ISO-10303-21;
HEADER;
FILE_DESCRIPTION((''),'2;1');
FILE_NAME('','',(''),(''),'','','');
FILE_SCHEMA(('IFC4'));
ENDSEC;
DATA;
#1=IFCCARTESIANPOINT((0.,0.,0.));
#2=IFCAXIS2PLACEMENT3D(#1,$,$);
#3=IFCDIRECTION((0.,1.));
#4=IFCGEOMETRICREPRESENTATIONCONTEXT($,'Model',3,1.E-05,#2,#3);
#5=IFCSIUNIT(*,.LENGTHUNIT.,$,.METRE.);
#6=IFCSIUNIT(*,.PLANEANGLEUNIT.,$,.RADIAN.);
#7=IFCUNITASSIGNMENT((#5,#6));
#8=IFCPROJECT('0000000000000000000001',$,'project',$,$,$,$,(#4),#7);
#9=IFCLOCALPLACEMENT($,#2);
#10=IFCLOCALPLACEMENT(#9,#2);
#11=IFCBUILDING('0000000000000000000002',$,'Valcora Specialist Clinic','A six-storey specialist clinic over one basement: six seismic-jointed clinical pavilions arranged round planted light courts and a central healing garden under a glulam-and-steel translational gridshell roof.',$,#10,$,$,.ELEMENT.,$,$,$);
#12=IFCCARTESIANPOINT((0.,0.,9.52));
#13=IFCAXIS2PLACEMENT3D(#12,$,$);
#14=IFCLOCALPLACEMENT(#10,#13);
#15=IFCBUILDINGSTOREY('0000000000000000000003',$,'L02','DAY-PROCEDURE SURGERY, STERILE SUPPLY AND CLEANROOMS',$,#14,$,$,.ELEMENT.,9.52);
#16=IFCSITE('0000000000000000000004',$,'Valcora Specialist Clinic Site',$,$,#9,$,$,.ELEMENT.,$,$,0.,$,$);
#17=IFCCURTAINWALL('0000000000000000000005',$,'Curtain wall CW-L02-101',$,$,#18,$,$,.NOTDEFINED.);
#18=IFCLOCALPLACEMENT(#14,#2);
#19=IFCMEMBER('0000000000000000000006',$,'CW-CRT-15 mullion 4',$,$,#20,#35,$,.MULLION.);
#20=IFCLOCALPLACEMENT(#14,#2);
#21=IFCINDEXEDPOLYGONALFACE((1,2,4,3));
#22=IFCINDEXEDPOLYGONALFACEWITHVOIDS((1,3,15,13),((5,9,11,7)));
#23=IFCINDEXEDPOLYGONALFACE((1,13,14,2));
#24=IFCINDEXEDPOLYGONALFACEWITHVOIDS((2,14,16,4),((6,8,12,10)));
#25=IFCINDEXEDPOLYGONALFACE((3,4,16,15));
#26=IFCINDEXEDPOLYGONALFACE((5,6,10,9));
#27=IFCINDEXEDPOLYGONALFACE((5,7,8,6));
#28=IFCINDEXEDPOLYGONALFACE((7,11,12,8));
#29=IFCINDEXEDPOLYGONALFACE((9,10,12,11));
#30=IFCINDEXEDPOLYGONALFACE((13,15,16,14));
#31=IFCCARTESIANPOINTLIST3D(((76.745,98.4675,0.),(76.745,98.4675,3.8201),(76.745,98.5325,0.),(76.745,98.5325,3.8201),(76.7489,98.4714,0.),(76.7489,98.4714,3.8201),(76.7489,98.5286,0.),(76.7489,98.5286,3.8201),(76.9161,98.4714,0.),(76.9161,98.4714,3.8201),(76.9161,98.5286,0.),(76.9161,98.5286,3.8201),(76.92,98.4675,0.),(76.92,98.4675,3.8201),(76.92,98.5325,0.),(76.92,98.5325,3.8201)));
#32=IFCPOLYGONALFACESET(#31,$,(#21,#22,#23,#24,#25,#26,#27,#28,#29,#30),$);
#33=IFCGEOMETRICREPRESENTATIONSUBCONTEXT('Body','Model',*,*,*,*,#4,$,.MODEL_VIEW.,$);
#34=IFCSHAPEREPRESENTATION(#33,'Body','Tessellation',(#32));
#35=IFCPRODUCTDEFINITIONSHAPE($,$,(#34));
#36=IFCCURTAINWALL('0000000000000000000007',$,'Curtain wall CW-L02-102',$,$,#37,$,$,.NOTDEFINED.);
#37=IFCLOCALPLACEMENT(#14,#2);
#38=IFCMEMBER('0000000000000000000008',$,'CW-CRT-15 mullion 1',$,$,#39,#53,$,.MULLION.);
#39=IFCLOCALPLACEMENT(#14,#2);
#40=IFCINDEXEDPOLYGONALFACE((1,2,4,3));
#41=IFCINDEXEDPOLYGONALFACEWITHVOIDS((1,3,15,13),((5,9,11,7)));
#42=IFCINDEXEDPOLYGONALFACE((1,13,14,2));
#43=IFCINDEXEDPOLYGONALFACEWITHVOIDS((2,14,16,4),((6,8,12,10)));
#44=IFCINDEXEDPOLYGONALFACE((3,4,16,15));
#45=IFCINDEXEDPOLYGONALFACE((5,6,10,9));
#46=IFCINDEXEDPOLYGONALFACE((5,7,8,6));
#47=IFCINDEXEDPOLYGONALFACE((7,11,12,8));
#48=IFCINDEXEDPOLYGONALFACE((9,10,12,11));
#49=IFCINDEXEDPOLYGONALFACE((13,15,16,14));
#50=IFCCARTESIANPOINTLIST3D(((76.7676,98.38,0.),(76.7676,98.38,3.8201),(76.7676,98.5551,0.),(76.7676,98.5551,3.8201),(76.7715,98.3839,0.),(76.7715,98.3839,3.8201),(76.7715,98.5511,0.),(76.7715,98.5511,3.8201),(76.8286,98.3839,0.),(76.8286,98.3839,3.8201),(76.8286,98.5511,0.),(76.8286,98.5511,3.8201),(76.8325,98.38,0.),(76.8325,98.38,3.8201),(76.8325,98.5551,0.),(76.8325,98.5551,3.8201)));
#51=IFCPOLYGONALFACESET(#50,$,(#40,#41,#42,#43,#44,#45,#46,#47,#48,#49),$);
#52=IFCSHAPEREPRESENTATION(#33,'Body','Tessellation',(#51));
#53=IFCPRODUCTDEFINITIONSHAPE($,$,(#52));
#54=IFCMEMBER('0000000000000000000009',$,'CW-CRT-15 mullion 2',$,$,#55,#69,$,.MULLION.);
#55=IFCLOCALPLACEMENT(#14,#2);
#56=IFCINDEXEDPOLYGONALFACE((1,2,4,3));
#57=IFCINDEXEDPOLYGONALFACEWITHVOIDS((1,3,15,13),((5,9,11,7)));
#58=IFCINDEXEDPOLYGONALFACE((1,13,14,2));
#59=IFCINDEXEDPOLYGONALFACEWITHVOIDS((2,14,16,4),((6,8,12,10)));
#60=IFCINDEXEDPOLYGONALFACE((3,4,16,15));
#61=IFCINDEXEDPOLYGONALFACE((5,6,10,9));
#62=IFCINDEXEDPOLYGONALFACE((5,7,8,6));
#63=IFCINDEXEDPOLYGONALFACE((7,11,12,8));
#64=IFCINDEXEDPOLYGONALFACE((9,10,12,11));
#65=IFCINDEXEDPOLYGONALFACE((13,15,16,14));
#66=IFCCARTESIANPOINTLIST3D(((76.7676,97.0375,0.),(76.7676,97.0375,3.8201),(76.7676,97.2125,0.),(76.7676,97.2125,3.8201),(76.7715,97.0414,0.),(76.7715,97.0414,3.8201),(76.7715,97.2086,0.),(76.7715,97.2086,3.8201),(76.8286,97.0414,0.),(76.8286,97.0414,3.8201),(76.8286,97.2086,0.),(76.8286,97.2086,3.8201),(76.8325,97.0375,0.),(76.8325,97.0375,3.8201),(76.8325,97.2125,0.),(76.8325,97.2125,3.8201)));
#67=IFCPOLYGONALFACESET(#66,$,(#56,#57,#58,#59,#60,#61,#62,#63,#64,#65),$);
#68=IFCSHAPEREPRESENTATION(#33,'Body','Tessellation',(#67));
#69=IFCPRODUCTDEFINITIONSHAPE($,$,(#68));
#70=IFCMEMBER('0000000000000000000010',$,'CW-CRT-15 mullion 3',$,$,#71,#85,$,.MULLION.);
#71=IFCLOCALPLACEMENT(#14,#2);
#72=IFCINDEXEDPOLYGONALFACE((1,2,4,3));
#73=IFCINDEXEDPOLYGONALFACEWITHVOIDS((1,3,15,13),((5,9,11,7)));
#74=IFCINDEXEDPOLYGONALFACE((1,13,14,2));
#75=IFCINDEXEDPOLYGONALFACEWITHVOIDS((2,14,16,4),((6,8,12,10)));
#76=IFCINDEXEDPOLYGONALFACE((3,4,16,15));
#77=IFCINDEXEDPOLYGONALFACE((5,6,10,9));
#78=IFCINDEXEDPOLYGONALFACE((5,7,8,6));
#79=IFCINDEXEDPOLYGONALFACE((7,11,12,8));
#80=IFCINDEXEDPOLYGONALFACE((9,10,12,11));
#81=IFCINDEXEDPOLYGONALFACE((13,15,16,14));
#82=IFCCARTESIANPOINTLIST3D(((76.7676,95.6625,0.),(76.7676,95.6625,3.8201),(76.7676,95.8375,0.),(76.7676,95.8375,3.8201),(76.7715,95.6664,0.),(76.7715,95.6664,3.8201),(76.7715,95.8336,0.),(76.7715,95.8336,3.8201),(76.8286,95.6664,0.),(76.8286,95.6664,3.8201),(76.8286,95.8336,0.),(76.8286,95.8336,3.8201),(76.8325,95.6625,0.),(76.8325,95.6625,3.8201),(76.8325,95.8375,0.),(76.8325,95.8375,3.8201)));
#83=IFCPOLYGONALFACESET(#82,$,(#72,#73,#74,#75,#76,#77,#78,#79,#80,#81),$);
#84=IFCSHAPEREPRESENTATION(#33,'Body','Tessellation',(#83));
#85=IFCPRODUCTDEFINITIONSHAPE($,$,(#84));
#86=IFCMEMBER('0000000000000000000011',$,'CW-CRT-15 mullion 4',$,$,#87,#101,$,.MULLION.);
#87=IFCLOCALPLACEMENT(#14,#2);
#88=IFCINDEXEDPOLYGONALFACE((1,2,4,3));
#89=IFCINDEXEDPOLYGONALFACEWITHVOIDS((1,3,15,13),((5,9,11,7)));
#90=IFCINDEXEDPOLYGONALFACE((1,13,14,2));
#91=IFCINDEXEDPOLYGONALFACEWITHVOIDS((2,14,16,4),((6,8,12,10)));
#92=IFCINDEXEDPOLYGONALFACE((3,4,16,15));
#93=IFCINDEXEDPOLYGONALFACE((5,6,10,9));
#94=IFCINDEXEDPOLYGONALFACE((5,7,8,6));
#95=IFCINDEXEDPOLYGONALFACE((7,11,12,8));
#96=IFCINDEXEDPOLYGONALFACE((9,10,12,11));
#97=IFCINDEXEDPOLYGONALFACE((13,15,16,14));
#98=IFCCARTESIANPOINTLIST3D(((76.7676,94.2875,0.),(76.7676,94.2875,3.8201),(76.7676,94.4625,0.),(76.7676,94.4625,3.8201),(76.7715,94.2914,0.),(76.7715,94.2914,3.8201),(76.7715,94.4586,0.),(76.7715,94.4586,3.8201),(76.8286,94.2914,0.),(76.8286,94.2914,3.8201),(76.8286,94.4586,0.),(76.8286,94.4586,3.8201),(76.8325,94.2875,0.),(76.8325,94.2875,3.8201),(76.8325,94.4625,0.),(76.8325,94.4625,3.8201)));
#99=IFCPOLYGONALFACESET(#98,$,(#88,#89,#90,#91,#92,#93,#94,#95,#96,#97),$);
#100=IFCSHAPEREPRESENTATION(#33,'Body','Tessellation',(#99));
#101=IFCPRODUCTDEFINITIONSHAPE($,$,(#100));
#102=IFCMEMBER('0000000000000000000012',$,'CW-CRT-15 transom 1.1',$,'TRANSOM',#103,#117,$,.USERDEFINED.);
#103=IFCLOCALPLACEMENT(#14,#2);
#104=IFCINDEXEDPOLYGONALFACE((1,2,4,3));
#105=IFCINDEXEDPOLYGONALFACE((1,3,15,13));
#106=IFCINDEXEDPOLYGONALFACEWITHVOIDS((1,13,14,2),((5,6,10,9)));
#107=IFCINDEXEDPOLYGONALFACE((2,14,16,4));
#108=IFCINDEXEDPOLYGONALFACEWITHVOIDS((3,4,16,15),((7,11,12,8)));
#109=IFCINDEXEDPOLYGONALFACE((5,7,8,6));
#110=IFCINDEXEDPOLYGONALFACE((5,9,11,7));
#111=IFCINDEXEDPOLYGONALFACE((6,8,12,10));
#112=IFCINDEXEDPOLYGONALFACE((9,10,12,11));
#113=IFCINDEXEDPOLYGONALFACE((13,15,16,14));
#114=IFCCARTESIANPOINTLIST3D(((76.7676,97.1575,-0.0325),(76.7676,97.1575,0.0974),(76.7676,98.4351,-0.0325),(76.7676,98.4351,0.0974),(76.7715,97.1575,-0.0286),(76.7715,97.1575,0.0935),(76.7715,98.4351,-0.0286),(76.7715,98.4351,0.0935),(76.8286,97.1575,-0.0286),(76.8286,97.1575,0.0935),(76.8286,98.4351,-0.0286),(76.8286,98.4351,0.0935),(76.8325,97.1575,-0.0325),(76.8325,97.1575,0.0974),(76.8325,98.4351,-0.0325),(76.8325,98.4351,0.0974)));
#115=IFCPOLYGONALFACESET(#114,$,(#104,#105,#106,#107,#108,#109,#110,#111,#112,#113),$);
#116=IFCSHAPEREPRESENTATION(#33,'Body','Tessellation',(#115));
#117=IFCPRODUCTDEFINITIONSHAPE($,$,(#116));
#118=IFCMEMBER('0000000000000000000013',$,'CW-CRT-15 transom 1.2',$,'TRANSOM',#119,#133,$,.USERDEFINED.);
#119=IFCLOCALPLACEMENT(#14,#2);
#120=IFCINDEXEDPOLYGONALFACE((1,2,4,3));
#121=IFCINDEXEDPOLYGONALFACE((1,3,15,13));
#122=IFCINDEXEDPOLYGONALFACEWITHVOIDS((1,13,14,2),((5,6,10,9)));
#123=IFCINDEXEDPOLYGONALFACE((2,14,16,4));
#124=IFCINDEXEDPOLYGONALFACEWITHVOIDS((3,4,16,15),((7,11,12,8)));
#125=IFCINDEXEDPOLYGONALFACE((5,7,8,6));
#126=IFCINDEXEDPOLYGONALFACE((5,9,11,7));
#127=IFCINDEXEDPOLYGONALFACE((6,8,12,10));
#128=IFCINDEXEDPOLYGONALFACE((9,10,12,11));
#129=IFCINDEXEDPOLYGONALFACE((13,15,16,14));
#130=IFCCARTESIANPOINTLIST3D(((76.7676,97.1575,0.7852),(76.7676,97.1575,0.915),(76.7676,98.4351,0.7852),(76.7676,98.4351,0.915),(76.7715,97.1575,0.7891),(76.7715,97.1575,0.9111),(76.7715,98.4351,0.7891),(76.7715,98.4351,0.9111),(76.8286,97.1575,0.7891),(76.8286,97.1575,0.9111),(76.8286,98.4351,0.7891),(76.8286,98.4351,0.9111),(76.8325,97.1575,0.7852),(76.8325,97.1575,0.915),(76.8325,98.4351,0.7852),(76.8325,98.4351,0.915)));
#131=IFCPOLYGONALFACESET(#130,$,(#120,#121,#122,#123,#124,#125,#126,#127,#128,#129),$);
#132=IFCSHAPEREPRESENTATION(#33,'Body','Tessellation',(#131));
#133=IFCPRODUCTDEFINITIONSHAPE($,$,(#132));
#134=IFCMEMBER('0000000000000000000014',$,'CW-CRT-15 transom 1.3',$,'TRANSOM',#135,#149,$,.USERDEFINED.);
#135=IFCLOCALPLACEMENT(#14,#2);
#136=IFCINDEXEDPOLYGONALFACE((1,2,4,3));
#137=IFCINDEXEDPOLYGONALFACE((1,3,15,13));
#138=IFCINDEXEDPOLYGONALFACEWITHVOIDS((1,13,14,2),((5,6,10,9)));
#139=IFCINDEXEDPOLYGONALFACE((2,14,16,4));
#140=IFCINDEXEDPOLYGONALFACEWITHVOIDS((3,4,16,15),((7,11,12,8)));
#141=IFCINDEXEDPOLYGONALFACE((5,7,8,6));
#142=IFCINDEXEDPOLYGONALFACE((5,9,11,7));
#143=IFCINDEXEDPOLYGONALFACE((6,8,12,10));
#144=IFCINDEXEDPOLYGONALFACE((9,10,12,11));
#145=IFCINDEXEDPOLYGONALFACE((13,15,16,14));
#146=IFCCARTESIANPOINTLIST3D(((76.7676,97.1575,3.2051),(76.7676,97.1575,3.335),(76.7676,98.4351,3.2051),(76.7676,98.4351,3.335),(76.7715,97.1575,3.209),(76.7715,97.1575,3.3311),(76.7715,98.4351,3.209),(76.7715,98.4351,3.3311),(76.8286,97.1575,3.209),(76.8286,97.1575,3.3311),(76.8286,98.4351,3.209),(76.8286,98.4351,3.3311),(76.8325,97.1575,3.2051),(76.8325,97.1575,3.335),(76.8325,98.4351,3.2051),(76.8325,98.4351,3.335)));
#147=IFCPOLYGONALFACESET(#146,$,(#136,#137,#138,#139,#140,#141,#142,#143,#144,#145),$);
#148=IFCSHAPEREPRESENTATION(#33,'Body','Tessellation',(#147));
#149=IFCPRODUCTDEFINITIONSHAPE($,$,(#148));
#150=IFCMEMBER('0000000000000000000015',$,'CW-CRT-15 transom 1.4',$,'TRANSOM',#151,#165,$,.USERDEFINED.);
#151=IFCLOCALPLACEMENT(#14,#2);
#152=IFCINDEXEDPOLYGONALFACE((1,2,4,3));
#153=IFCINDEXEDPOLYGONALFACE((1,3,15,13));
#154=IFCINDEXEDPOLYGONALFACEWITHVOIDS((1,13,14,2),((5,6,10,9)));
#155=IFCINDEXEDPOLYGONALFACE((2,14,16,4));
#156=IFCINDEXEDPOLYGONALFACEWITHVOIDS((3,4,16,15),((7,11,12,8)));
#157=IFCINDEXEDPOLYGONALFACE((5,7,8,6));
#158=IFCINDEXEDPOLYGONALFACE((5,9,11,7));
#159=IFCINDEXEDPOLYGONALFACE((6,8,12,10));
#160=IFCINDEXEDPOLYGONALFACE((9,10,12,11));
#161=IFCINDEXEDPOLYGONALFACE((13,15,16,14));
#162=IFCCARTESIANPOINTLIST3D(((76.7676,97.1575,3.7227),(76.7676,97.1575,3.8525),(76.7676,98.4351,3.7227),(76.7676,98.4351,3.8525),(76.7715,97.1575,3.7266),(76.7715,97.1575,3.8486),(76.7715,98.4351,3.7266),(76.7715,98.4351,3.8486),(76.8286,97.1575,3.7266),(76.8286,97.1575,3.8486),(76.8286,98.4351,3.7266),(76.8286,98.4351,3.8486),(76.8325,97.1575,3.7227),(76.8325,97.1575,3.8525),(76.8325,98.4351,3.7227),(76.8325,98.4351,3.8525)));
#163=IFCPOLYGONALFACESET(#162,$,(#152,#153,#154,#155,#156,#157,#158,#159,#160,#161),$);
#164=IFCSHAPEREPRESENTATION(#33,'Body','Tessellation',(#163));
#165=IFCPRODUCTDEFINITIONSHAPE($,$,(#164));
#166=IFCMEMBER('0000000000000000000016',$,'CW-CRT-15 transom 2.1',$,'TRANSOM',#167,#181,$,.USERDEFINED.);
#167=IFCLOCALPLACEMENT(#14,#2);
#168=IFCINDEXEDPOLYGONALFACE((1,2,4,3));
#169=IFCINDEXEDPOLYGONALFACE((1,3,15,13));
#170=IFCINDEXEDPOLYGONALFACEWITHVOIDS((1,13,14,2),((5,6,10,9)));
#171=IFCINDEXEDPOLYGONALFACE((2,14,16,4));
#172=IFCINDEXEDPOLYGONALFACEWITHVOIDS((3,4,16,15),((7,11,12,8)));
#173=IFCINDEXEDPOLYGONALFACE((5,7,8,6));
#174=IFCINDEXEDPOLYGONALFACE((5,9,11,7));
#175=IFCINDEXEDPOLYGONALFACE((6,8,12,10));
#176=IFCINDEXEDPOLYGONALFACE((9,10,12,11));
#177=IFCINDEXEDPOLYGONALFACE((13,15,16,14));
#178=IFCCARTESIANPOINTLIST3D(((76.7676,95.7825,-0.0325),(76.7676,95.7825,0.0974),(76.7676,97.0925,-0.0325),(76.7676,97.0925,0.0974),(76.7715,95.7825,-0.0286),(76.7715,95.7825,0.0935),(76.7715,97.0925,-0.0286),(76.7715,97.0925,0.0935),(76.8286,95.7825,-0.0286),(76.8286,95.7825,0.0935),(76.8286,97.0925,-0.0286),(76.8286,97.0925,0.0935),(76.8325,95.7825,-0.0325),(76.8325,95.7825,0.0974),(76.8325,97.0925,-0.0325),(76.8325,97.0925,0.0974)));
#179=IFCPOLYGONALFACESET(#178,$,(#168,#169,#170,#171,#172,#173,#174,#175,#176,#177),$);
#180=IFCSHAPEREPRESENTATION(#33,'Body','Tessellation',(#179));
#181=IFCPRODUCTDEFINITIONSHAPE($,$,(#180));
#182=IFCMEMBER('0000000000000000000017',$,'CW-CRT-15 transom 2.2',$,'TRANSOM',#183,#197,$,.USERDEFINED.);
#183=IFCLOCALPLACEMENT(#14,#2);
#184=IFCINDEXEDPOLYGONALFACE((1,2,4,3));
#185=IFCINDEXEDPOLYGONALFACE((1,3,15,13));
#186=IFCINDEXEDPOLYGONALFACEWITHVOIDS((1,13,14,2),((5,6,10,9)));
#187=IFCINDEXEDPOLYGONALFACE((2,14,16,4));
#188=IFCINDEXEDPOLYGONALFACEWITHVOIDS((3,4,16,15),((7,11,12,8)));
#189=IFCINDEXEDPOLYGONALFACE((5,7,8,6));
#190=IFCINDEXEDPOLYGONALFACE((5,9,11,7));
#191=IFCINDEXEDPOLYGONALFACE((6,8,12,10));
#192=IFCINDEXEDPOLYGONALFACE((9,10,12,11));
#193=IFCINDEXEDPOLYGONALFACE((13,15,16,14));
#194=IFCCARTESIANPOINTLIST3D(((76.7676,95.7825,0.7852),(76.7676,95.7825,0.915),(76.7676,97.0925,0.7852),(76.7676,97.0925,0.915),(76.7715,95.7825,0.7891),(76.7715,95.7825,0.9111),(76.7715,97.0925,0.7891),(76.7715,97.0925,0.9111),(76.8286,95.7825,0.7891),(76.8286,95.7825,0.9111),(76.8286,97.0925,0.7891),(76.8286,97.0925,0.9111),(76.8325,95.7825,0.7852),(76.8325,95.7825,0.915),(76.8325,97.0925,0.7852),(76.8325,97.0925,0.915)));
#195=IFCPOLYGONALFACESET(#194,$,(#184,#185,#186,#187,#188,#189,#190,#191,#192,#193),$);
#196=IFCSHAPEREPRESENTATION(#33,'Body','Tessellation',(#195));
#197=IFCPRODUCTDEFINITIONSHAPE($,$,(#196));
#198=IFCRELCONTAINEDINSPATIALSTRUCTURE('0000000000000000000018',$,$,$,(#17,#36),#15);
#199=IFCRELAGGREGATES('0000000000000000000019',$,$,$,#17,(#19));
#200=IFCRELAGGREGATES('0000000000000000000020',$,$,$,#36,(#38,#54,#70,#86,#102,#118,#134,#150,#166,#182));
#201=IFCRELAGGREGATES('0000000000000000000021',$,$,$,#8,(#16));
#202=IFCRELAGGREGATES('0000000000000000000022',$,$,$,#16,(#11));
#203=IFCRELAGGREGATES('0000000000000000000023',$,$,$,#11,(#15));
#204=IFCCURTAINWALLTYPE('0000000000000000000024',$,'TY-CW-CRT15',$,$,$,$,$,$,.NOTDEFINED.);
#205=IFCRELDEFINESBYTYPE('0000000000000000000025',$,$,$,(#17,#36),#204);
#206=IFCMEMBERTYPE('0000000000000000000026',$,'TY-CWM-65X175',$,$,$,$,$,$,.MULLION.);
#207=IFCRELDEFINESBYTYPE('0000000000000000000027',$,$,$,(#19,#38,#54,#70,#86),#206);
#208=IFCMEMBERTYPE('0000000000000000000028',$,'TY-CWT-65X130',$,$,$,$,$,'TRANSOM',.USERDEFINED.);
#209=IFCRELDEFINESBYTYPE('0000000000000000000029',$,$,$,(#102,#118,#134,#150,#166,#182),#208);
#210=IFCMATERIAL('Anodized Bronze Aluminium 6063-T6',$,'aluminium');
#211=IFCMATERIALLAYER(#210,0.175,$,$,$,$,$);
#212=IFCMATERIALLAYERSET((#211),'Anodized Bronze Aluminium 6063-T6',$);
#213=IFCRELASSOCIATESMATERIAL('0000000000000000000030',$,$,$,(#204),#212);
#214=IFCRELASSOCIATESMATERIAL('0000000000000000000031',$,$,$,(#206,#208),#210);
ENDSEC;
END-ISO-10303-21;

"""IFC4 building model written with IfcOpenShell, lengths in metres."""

from ifc_helpers import new_model, si_unit, direction, frame, origin, origin_2d, place, context, subcontext, project, spatial, hollow_rectangle, extrude, material, layer, layer_set, material_profile, profile_set, type_object, element, aggregate, save


model = new_model("IFC4")

# Units and contexts
model_context = context("Model", 3, precision=1e-05, world=origin(), true_north=direction((0.0, 1.0)))
body_context = subcontext(model_context, "Body", "Model", "MODEL_VIEW")
ifc_project = project(units=[si_unit("LENGTHUNIT", "METRE"), si_unit("PLANEANGLEUNIT", "RADIAN")], contexts=[model_context])

# Site, building, storey
site_placement = place(None, origin())
site = spatial("IfcSite", under=ifc_project, at=site_placement, Name="Valcora Specialist Clinic Site", CompositionType="ELEMENT", RefElevation=0.0)
building_placement = place(site_placement, origin())
building = spatial("IfcBuilding", under=site, at=building_placement, Name="Valcora Specialist Clinic", Description="A six-storey specialist clinic over one basement: six seismic-jointed clinical pavilions arranged round planted light courts and a central healing garden under a glulam-and-steel translational gridshell roof.", CompositionType="ELEMENT")
storey_placement = place(building_placement, frame((0.0, 0.0, 9.52)))
storey = spatial("IfcBuildingStorey", under=building, at=storey_placement, Name="L02", Description="DAY-PROCEDURE SURGERY, STERILE SUPPLY AND CLEANROOMS", CompositionType="ELEMENT", Elevation=9.52)

# Curtain wall, member
ifc_material_1 = material(Name="Anodized Bronze Aluminium 6063-T6", Category="aluminium")
ifc_layer_1 = layer(ifc_material_1, 0.175)
ifc_layer_set_1 = layer_set([ifc_layer_1], Name="Anodized Bronze Aluminium 6063-T6")
curtain_wall_type = type_object("IfcCurtainWallType", Name="TY-CW-CRT15", PredefinedType="NOTDEFINED", material=ifc_layer_set_1)
curtain_wall_1_placement = place(storey_placement, origin())
curtain_wall_1 = element("IfcCurtainWall", 1, at=curtain_wall_1_placement, inside=storey, type_object=curtain_wall_type, Name="Curtain wall CW-L02-101", PredefinedType="NOTDEFINED")
ifc_material_profile_1 = material_profile(ifc_material_1, hollow_rectangle(XDim=0.0649, YDim=0.175, WallThickness=0.0039, at=origin_2d()), Name="AL-MUL-65X175")
ifc_profile_set_1 = profile_set([ifc_material_profile_1], Name="Anodized Bronze Aluminium 6063-T6")
member_type_1 = type_object("IfcMemberType", Name="TY-CWM-65X175", PredefinedType="MULLION", material=ifc_profile_set_1)
member_1_placement = place(storey_placement, frame((76.8325, 98.5, 0.0), z_axis=(0.0, 0.0, 1.0), x_axis=(0.0, -1.0, 0.0)))
member_1 = element("IfcMember", 2, at=member_1_placement, type_object=member_type_1, Name="CW-CRT-15 mullion 4", PredefinedType="MULLION", context=body_context, shape_type="SweptSolid", body=[
    extrude(hollow_rectangle(XDim=0.0649, YDim=0.175, WallThickness=0.0039, at=origin_2d()), origin(), (0.0, 0.0, 1.0), 3.8201),
])

# Curtain wall, members
curtain_wall_2_placement = place(storey_placement, origin())
curtain_wall_2 = element("IfcCurtainWall", 3, at=curtain_wall_2_placement, inside=storey, type_object=curtain_wall_type, Name="Curtain wall CW-L02-102", PredefinedType="NOTDEFINED")
member_2_placement = place(storey_placement, frame((76.8, 98.4675, 0.0), z_axis=(0.0, 0.0, 1.0), x_axis=(1.0, 0.0, 0.0)))
member_2 = element("IfcMember", 4, at=member_2_placement, type_object=member_type_1, Name="CW-CRT-15 mullion 1", PredefinedType="MULLION", context=body_context, shape_type="SweptSolid", body=[
    extrude(hollow_rectangle(XDim=0.0649, YDim=0.175, WallThickness=0.0039, at=origin_2d()), origin(), (0.0, 0.0, 1.0), 3.8201),
])
member_3_placement = place(storey_placement, frame((76.8, 97.125, 0.0), z_axis=(0.0, 0.0, 1.0), x_axis=(1.0, 0.0, 0.0)))
member_3 = element("IfcMember", 5, at=member_3_placement, type_object=member_type_1, Name="CW-CRT-15 mullion 2", PredefinedType="MULLION", context=body_context, shape_type="SweptSolid", body=[
    extrude(hollow_rectangle(XDim=0.0649, YDim=0.175, WallThickness=0.0039, at=origin_2d()), origin(), (0.0, 0.0, 1.0), 3.8201),
])
member_4_placement = place(storey_placement, frame((76.8, 95.75, 0.0), z_axis=(0.0, 0.0, 1.0), x_axis=(1.0, 0.0, 0.0)))
member_4 = element("IfcMember", 6, at=member_4_placement, type_object=member_type_1, Name="CW-CRT-15 mullion 3", PredefinedType="MULLION", context=body_context, shape_type="SweptSolid", body=[
    extrude(hollow_rectangle(XDim=0.0649, YDim=0.175, WallThickness=0.0039, at=origin_2d()), origin(), (0.0, 0.0, 1.0), 3.8201),
])
member_5_placement = place(storey_placement, frame((76.8, 94.375, 0.0), z_axis=(0.0, 0.0, 1.0), x_axis=(1.0, 0.0, 0.0)))
member_5 = element("IfcMember", 7, at=member_5_placement, type_object=member_type_1, Name="CW-CRT-15 mullion 4", PredefinedType="MULLION", context=body_context, shape_type="SweptSolid", body=[
    extrude(hollow_rectangle(XDim=0.0649, YDim=0.175, WallThickness=0.0039, at=origin_2d()), origin(), (0.0, 0.0, 1.0), 3.8201),
])
ifc_material_profile_2 = material_profile(ifc_material_1, hollow_rectangle(XDim=0.0649, YDim=0.1299, WallThickness=0.0039, at=origin_2d()), Name="AL-TRN-65X130")
ifc_profile_set_2 = profile_set([ifc_material_profile_2], Name="Anodized Bronze Aluminium 6063-T6")
member_type_2 = type_object("IfcMemberType", Name="TY-CWT-65X130", ElementType="TRANSOM", PredefinedType="USERDEFINED", material=ifc_profile_set_2)
member_6_placement = place(storey_placement, frame((76.8, 98.4351, 0.0325), z_axis=(0.0, -1.0, 0.0), x_axis=(1.0, 0.0, 0.0)))
member_6 = element("IfcMember", 8, at=member_6_placement, type_object=member_type_2, Name="CW-CRT-15 transom 1.1", ObjectType="TRANSOM", PredefinedType="USERDEFINED", context=body_context, shape_type="SweptSolid", body=[
    extrude(hollow_rectangle(XDim=0.0649, YDim=0.1299, WallThickness=0.0039, at=origin_2d()), origin(), (0.0, 0.0, 1.0), 1.2776),
])
member_7_placement = place(storey_placement, frame((76.8, 98.4351, 0.8501), z_axis=(0.0, -1.0, 0.0), x_axis=(1.0, 0.0, 0.0)))
member_7 = element("IfcMember", 9, at=member_7_placement, type_object=member_type_2, Name="CW-CRT-15 transom 1.2", ObjectType="TRANSOM", PredefinedType="USERDEFINED", context=body_context, shape_type="SweptSolid", body=[
    extrude(hollow_rectangle(XDim=0.0649, YDim=0.1299, WallThickness=0.0039, at=origin_2d()), origin(), (0.0, 0.0, 1.0), 1.2776),
])
member_8_placement = place(storey_placement, frame((76.8, 98.4351, 3.27), z_axis=(0.0, -1.0, 0.0), x_axis=(1.0, 0.0, 0.0)))
member_8 = element("IfcMember", 10, at=member_8_placement, type_object=member_type_2, Name="CW-CRT-15 transom 1.3", ObjectType="TRANSOM", PredefinedType="USERDEFINED", context=body_context, shape_type="SweptSolid", body=[
    extrude(hollow_rectangle(XDim=0.0649, YDim=0.1299, WallThickness=0.0039, at=origin_2d()), origin(), (0.0, 0.0, 1.0), 1.2776),
])
member_9_placement = place(storey_placement, frame((76.8, 98.4351, 3.7876), z_axis=(0.0, -1.0, 0.0), x_axis=(1.0, 0.0, 0.0)))
member_9 = element("IfcMember", 11, at=member_9_placement, type_object=member_type_2, Name="CW-CRT-15 transom 1.4", ObjectType="TRANSOM", PredefinedType="USERDEFINED", context=body_context, shape_type="SweptSolid", body=[
    extrude(hollow_rectangle(XDim=0.0649, YDim=0.1299, WallThickness=0.0039, at=origin_2d()), origin(), (0.0, 0.0, 1.0), 1.2776),
])
member_10_placement = place(storey_placement, frame((76.8, 97.0925, 0.0325), z_axis=(0.0, -1.0, 0.0), x_axis=(1.0, 0.0, 0.0)))
member_10 = element("IfcMember", 12, at=member_10_placement, type_object=member_type_2, Name="CW-CRT-15 transom 2.1", ObjectType="TRANSOM", PredefinedType="USERDEFINED", context=body_context, shape_type="SweptSolid", body=[
    extrude(hollow_rectangle(XDim=0.0649, YDim=0.1299, WallThickness=0.0039, at=origin_2d()), origin(), (0.0, 0.0, 1.0), 1.3101),
])
member_11_placement = place(storey_placement, frame((76.8, 97.0925, 0.8501), z_axis=(0.0, -1.0, 0.0), x_axis=(1.0, 0.0, 0.0)))
member_11 = element("IfcMember", 13, at=member_11_placement, type_object=member_type_2, Name="CW-CRT-15 transom 2.2", ObjectType="TRANSOM", PredefinedType="USERDEFINED", context=body_context, shape_type="SweptSolid", body=[
    extrude(hollow_rectangle(XDim=0.0649, YDim=0.1299, WallThickness=0.0039, at=origin_2d()), origin(), (0.0, 0.0, 1.0), 1.3101),
])

aggregate(curtain_wall_1, [member_1])
aggregate(curtain_wall_2, [member_2, member_3, member_4, member_5, member_6, member_7, member_8, member_9, member_10, member_11])

save(model, "model.ifc")
